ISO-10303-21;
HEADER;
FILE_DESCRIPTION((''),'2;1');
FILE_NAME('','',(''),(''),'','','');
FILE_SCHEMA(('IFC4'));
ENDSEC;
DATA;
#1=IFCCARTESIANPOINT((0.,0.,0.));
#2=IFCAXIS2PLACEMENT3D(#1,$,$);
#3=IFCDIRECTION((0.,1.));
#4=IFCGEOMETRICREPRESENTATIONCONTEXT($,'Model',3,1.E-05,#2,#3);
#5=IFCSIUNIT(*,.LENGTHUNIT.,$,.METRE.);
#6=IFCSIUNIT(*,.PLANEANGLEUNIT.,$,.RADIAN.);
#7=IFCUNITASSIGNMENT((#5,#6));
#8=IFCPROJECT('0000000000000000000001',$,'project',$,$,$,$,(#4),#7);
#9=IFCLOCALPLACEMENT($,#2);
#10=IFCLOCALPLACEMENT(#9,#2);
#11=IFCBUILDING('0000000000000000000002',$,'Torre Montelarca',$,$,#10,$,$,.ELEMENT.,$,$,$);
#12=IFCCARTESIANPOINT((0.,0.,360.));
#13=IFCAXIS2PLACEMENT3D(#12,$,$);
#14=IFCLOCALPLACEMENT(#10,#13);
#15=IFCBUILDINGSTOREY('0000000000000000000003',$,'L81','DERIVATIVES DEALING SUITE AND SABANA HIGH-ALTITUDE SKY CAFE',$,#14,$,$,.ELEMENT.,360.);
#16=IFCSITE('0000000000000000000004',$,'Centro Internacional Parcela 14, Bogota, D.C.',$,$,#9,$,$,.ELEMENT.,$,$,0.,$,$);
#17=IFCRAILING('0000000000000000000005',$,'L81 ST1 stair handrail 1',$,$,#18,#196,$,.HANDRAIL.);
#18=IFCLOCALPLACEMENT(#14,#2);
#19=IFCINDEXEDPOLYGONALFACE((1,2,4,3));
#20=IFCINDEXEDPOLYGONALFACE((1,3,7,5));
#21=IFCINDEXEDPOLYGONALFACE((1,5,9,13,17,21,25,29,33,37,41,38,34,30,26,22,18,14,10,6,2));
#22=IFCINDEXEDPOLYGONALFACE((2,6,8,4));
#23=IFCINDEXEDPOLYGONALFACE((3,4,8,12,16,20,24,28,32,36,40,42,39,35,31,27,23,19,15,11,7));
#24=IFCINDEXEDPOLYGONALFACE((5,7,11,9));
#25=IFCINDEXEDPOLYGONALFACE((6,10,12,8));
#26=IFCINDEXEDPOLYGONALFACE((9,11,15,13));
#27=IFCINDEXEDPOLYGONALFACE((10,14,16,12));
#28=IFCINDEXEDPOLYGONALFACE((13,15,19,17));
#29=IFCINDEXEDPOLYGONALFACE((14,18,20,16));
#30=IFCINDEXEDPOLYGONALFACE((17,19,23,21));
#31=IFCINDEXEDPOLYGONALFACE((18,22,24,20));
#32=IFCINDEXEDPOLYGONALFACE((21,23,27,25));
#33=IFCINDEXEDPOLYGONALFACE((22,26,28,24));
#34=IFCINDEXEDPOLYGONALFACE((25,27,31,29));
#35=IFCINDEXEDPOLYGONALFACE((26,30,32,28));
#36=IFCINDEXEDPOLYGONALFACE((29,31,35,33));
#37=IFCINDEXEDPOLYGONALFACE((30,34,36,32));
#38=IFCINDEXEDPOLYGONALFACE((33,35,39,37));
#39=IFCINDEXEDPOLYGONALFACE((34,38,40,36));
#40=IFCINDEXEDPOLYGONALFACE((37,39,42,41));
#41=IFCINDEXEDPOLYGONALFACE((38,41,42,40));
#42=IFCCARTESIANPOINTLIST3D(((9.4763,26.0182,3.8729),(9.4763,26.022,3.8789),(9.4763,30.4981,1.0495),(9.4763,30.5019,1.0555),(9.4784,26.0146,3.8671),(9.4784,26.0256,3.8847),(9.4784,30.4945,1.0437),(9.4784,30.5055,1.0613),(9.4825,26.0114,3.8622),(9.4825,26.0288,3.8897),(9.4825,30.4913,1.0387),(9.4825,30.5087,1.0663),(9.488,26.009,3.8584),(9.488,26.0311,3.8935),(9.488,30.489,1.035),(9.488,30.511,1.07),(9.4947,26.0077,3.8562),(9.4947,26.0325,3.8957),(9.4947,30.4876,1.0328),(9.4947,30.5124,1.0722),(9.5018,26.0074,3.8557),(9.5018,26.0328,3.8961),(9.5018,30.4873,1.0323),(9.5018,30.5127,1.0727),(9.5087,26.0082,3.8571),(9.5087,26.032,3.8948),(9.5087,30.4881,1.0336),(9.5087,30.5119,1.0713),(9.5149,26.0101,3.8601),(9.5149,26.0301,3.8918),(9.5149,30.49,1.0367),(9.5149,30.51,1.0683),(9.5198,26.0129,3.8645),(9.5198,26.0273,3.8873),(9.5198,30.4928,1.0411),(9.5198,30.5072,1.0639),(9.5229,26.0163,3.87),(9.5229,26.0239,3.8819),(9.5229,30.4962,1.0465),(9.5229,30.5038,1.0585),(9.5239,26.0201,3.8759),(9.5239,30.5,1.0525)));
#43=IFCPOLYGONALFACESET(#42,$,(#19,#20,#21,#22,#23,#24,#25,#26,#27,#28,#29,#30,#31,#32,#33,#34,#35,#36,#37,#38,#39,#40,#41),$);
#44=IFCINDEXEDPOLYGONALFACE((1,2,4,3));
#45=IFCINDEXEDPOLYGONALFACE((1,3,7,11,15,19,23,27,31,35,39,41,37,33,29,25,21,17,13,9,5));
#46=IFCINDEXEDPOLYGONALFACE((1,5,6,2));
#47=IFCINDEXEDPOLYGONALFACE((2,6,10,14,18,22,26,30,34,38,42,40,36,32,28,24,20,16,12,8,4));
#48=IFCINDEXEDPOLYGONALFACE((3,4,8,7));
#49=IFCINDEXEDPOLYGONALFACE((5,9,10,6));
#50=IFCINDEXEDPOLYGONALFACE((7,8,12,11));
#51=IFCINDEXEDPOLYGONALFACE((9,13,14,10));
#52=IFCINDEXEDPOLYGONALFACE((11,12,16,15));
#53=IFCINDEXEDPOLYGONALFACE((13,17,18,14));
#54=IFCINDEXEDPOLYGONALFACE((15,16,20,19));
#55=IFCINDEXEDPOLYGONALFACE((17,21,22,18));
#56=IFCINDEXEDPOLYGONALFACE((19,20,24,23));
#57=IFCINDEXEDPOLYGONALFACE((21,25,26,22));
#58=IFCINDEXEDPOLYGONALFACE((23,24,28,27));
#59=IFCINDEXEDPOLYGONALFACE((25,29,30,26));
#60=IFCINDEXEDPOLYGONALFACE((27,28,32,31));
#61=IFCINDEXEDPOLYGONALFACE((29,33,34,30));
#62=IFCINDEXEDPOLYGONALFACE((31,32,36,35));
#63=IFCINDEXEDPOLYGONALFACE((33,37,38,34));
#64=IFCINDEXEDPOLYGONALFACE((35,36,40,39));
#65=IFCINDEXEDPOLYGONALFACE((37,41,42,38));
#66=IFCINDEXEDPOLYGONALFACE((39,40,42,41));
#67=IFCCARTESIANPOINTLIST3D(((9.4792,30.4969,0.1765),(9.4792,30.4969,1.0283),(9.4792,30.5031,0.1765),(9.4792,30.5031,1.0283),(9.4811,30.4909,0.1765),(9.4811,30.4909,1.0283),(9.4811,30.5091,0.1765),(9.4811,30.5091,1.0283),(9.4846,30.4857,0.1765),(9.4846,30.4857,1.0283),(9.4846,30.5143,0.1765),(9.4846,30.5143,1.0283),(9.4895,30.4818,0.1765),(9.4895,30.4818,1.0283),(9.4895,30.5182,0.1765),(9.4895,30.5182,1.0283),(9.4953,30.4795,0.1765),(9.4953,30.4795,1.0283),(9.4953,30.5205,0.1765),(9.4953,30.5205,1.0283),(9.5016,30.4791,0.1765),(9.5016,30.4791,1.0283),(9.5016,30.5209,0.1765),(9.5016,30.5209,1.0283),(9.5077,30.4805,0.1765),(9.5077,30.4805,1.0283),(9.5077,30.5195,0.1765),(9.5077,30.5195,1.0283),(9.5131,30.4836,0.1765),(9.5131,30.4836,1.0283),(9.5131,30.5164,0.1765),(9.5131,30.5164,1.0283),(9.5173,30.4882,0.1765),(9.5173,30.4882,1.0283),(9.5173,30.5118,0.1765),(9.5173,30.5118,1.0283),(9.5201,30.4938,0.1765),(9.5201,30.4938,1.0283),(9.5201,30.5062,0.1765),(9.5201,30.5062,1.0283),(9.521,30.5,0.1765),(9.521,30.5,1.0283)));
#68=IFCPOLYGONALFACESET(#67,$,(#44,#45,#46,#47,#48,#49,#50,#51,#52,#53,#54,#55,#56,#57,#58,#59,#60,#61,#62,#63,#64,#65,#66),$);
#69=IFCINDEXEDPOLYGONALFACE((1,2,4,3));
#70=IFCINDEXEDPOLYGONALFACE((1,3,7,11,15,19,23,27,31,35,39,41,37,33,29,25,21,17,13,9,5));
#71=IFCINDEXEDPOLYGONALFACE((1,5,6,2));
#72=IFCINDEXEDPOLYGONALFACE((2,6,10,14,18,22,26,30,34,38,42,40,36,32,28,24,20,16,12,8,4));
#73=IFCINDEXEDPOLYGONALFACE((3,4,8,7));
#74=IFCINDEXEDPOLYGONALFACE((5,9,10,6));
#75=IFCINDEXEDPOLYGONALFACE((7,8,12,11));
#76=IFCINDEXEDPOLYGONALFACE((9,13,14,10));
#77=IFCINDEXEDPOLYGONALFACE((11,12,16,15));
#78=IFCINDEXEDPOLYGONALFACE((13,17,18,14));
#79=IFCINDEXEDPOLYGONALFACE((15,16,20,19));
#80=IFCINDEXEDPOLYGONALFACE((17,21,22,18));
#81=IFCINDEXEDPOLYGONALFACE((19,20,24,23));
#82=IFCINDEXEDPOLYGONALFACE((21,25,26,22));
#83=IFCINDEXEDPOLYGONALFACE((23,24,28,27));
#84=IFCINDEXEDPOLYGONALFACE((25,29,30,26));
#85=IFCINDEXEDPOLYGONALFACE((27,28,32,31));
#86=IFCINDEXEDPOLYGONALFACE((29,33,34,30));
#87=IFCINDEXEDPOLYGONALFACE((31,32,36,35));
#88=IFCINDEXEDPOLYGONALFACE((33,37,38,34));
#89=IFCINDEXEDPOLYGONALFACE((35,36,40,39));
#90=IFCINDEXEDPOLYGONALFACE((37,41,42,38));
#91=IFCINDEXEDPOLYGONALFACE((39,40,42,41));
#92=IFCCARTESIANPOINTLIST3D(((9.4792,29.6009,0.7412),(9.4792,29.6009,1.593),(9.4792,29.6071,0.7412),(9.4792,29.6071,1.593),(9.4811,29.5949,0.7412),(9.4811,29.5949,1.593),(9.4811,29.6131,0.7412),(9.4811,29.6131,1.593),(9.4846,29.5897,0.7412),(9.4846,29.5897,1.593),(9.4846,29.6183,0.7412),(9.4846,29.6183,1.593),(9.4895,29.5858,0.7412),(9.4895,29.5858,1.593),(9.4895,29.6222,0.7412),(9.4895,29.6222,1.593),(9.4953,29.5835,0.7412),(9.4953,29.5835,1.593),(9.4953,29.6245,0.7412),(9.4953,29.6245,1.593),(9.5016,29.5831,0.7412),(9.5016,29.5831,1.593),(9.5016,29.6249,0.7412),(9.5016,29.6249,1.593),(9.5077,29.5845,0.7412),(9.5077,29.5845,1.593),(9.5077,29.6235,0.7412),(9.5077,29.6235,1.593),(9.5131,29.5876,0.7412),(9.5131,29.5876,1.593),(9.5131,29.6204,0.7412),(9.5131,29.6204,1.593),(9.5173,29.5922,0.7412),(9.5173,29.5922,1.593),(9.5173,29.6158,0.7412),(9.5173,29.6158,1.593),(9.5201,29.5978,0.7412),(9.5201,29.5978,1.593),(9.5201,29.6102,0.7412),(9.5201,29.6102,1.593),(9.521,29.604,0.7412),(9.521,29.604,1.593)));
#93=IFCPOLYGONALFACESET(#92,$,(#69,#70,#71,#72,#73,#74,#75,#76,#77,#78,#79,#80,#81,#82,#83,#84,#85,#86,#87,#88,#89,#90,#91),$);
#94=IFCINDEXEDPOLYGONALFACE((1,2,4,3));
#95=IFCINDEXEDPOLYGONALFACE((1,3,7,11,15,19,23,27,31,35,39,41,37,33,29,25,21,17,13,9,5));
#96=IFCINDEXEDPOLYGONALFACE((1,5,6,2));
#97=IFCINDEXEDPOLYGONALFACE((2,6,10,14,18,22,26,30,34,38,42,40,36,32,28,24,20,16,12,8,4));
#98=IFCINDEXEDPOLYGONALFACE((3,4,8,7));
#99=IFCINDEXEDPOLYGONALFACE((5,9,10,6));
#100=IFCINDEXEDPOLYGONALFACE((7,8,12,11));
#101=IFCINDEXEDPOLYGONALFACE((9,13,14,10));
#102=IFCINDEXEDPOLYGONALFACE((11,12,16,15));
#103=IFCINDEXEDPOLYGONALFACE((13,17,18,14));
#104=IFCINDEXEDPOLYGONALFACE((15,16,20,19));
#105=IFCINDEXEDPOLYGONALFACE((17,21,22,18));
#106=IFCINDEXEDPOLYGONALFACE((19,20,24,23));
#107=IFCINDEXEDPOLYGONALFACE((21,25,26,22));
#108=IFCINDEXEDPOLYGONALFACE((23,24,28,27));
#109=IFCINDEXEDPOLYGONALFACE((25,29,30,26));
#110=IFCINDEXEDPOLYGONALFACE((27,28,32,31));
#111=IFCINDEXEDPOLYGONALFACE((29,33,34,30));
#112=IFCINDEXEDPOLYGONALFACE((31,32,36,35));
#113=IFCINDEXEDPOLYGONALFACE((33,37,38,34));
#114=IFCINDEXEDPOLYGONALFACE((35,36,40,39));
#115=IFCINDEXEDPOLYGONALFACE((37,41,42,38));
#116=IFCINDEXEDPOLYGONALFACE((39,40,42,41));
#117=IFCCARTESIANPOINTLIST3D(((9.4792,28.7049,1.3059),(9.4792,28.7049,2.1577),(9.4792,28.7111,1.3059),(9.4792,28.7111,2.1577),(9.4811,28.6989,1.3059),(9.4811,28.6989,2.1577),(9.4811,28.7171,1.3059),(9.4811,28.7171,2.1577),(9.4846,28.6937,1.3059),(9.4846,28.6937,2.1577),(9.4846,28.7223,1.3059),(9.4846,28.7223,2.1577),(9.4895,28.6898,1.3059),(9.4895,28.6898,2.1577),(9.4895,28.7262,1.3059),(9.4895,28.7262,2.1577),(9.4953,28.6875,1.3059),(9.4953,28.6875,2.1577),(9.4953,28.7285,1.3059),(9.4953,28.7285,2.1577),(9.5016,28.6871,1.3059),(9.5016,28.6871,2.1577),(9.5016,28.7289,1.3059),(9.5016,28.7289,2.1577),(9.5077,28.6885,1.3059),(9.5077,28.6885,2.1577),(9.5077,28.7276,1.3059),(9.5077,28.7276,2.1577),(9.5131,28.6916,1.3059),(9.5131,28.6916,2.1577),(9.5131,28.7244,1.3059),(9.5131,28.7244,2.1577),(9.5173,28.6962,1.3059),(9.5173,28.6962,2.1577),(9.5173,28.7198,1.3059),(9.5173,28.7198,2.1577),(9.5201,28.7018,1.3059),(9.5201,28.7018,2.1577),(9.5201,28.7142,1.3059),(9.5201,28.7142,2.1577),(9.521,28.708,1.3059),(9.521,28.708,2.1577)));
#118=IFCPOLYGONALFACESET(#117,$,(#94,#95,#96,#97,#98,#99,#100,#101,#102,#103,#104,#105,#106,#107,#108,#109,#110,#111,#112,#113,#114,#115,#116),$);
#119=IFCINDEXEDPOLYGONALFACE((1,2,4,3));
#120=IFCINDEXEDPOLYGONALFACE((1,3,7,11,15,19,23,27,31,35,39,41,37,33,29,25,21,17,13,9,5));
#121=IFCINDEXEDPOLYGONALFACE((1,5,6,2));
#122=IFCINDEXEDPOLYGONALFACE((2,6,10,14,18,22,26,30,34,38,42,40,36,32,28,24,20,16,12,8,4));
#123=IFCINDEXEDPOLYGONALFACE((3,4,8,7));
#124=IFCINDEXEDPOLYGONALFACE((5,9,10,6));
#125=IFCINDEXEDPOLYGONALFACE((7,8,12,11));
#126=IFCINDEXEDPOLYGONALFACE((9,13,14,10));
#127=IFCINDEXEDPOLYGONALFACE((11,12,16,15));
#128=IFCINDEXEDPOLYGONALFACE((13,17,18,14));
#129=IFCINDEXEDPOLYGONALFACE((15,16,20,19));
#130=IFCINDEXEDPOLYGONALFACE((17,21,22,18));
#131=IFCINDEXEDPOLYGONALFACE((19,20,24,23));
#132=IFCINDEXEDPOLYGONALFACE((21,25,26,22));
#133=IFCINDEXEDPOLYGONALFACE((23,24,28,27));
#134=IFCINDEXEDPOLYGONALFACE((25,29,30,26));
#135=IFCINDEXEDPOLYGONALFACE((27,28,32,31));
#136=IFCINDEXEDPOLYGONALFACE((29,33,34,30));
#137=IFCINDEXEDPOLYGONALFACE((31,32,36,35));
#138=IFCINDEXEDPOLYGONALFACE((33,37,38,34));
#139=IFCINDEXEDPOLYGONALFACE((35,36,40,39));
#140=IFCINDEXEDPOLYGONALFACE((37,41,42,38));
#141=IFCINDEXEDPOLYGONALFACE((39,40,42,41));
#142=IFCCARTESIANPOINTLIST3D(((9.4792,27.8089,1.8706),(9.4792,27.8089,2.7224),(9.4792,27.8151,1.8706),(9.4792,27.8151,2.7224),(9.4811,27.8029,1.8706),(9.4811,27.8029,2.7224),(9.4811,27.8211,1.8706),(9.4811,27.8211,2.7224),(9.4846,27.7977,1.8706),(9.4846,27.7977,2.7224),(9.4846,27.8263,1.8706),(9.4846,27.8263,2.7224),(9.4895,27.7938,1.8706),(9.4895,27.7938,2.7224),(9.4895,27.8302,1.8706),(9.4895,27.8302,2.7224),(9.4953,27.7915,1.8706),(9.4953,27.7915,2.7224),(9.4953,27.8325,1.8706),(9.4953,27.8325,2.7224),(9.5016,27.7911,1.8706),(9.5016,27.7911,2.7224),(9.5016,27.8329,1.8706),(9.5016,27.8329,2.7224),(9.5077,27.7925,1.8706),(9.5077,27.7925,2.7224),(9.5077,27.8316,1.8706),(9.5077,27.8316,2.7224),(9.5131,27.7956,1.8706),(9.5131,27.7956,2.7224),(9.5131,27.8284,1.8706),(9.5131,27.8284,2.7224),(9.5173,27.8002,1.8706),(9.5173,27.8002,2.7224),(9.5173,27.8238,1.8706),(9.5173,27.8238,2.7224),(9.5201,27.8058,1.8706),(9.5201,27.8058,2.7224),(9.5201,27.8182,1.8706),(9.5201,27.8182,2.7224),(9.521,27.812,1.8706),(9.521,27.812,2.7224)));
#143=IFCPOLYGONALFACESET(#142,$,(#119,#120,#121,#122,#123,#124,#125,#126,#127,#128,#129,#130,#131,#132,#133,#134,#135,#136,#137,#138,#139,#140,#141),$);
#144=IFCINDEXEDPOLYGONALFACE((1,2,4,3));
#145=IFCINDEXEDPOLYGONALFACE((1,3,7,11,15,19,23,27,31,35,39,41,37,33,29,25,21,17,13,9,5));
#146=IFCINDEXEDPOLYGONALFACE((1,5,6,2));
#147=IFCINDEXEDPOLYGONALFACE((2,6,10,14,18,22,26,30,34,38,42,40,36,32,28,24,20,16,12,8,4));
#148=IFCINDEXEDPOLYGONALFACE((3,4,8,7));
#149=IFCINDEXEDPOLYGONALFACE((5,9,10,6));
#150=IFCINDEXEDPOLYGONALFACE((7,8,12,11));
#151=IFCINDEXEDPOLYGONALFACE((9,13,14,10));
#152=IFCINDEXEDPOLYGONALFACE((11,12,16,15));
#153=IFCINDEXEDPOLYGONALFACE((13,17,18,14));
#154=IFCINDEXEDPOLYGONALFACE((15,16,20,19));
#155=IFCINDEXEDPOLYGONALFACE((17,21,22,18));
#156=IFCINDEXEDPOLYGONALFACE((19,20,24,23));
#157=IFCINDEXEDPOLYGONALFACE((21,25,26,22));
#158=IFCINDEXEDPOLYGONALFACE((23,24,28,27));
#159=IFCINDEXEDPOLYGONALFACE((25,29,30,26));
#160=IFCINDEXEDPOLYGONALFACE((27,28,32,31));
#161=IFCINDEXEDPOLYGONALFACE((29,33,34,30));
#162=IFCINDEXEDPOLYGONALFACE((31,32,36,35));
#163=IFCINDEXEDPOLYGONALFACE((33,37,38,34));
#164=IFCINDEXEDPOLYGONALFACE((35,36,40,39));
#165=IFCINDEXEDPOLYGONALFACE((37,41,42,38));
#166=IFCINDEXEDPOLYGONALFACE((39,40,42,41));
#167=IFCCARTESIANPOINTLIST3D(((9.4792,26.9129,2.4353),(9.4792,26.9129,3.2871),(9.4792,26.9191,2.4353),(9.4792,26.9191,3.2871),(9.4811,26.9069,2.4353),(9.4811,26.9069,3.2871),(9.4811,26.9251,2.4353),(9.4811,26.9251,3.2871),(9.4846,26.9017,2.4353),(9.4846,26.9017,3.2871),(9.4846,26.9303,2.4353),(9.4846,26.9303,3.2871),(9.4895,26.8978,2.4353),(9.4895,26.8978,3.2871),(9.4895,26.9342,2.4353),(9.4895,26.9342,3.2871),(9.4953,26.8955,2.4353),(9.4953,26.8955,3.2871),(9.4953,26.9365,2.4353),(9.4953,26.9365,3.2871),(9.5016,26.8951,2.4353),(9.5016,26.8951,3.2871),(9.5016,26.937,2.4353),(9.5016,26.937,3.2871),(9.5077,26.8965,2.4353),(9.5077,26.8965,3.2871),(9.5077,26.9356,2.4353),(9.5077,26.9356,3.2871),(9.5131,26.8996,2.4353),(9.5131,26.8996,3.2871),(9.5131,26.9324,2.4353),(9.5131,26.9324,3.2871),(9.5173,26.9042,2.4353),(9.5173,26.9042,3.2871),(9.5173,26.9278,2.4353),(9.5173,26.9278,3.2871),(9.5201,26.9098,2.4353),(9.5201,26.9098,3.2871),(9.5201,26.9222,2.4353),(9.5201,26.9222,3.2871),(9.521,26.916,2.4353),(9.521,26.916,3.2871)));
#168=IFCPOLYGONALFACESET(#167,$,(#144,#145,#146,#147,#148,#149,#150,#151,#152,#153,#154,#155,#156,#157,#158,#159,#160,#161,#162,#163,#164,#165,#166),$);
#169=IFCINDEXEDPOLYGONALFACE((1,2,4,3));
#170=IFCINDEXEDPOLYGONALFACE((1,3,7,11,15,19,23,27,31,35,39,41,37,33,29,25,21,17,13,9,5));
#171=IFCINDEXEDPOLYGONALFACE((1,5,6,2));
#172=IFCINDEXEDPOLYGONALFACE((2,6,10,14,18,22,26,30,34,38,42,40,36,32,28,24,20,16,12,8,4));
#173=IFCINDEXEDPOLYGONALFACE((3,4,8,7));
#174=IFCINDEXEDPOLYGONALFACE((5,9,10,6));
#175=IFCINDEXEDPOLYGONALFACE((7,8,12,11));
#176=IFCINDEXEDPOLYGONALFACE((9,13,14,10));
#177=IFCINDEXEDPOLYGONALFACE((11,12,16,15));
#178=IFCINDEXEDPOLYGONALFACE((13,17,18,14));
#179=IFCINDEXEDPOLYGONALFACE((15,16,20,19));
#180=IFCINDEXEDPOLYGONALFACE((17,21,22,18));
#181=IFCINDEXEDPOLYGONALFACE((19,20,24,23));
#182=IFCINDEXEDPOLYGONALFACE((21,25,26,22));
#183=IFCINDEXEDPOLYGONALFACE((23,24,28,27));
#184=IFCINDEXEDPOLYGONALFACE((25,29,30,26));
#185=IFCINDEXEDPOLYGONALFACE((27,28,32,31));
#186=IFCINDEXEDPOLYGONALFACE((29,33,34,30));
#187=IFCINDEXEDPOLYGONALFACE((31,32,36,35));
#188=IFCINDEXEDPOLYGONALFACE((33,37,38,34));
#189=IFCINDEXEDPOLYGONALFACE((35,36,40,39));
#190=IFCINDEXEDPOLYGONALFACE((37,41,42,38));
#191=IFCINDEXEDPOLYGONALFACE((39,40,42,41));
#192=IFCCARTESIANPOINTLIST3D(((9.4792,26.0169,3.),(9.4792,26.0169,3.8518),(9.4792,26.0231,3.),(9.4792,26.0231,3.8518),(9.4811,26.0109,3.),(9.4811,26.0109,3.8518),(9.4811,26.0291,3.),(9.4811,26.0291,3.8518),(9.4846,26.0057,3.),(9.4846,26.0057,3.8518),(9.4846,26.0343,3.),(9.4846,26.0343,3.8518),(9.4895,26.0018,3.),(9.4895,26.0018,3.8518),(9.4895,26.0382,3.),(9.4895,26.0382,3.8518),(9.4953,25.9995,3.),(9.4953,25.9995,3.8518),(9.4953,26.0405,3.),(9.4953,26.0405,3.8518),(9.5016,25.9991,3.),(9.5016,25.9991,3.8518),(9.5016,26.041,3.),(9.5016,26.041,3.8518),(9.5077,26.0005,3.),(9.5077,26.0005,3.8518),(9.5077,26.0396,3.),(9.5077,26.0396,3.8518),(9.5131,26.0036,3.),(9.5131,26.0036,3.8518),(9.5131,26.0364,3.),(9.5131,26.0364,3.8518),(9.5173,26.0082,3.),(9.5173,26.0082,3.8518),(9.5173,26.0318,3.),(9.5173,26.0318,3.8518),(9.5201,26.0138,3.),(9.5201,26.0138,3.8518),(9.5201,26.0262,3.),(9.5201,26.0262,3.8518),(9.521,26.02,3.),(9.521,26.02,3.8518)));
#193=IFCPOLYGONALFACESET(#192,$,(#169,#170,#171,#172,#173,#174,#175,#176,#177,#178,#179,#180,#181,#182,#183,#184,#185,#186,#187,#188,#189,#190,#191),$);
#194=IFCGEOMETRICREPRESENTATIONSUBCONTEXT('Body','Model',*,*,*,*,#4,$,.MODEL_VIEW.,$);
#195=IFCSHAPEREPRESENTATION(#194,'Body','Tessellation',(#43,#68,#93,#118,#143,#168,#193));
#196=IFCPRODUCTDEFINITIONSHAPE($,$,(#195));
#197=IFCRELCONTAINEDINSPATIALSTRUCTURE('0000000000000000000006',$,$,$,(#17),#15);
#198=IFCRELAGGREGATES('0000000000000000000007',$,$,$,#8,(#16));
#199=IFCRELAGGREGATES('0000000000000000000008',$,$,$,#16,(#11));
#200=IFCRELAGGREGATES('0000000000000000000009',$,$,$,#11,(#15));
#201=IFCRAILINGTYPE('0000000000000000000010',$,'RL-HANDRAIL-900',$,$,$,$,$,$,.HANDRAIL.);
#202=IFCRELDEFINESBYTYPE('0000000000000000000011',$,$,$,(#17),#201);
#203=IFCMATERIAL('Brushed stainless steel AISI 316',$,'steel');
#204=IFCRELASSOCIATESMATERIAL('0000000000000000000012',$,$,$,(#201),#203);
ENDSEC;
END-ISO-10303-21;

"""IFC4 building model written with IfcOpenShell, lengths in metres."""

from ifc_helpers import new_model, si_unit, direction, frame, origin, origin_2d, place, context, subcontext, project, spatial, circle, extrude, material, type_object, element, save


model = new_model("IFC4")

# Units and contexts
model_context = context("Model", 3, precision=1e-05, world=origin(), true_north=direction((0.0, 1.0)))
body_context = subcontext(model_context, "Body", "Model", "MODEL_VIEW")
ifc_project = project(units=[si_unit("LENGTHUNIT", "METRE"), si_unit("PLANEANGLEUNIT", "RADIAN")], contexts=[model_context])

# Site, building, storey
site_placement = place(None, origin())
site = spatial("IfcSite", under=ifc_project, at=site_placement, Name="Centro Internacional Parcela 14, Bogota, D.C.", CompositionType="ELEMENT", RefElevation=0.0)
building_placement = place(site_placement, origin())
building = spatial("IfcBuilding", under=site, at=building_placement, Name="Torre Montelarca", CompositionType="ELEMENT")
storey_placement = place(building_placement, frame((0.0, 0.0, 360.0)))
storey = spatial("IfcBuildingStorey", under=building, at=storey_placement, Name="L81", Description="DERIVATIVES DEALING SUITE AND SABANA HIGH-ALTITUDE SKY CAFE", CompositionType="ELEMENT", Elevation=360.0)

# Railing
ifc_material_1 = material(Name="Brushed stainless steel AISI 316", Category="steel")
railing_type_1 = type_object("IfcRailingType", Name="RL-HANDRAIL-900", PredefinedType="HANDRAIL", material=ifc_material_1)
railing_1_placement = place(storey_placement, frame((9.5, 30.5, 0.1765)))
element("IfcRailing", 1, at=railing_1_placement, inside=storey, type_object=railing_type_1, Name="L81 ST1 stair handrail 1", PredefinedType="HANDRAIL", context=body_context, shape_type="SweptSolid", body=[
    extrude(circle(Radius=0.0239, at=origin_2d()), frame((0.0, 0.0, 0.876), z_axis=(0.0, -0.845998, 0.533186), x_axis=(1.0, 0.0, 0.0)), (0.0, 0.0, 1.0), 5.2954),
    extrude(circle(Radius=0.021, at=origin_2d()), origin(), (0.0, 0.0, 1.0), 0.8518),
    extrude(circle(Radius=0.021, at=origin_2d()), frame((0.0, -0.896, 0.5647)), (0.0, 0.0, 1.0), 0.8518),
    extrude(circle(Radius=0.021, at=origin_2d()), frame((0.0, -1.792, 1.1294)), (0.0, 0.0, 1.0), 0.8518),
    extrude(circle(Radius=0.021, at=origin_2d()), frame((0.0, -2.688, 1.6941)), (0.0, 0.0, 1.0), 0.8518),
    extrude(circle(Radius=0.021, at=origin_2d()), frame((0.0, -3.584, 2.2588)), (0.0, 0.0, 1.0), 0.8518),
    extrude(circle(Radius=0.021, at=origin_2d()), frame((0.0, -4.48, 2.8235)), (0.0, 0.0, 1.0), 0.8518),
])

save(model, "model.ifc")
